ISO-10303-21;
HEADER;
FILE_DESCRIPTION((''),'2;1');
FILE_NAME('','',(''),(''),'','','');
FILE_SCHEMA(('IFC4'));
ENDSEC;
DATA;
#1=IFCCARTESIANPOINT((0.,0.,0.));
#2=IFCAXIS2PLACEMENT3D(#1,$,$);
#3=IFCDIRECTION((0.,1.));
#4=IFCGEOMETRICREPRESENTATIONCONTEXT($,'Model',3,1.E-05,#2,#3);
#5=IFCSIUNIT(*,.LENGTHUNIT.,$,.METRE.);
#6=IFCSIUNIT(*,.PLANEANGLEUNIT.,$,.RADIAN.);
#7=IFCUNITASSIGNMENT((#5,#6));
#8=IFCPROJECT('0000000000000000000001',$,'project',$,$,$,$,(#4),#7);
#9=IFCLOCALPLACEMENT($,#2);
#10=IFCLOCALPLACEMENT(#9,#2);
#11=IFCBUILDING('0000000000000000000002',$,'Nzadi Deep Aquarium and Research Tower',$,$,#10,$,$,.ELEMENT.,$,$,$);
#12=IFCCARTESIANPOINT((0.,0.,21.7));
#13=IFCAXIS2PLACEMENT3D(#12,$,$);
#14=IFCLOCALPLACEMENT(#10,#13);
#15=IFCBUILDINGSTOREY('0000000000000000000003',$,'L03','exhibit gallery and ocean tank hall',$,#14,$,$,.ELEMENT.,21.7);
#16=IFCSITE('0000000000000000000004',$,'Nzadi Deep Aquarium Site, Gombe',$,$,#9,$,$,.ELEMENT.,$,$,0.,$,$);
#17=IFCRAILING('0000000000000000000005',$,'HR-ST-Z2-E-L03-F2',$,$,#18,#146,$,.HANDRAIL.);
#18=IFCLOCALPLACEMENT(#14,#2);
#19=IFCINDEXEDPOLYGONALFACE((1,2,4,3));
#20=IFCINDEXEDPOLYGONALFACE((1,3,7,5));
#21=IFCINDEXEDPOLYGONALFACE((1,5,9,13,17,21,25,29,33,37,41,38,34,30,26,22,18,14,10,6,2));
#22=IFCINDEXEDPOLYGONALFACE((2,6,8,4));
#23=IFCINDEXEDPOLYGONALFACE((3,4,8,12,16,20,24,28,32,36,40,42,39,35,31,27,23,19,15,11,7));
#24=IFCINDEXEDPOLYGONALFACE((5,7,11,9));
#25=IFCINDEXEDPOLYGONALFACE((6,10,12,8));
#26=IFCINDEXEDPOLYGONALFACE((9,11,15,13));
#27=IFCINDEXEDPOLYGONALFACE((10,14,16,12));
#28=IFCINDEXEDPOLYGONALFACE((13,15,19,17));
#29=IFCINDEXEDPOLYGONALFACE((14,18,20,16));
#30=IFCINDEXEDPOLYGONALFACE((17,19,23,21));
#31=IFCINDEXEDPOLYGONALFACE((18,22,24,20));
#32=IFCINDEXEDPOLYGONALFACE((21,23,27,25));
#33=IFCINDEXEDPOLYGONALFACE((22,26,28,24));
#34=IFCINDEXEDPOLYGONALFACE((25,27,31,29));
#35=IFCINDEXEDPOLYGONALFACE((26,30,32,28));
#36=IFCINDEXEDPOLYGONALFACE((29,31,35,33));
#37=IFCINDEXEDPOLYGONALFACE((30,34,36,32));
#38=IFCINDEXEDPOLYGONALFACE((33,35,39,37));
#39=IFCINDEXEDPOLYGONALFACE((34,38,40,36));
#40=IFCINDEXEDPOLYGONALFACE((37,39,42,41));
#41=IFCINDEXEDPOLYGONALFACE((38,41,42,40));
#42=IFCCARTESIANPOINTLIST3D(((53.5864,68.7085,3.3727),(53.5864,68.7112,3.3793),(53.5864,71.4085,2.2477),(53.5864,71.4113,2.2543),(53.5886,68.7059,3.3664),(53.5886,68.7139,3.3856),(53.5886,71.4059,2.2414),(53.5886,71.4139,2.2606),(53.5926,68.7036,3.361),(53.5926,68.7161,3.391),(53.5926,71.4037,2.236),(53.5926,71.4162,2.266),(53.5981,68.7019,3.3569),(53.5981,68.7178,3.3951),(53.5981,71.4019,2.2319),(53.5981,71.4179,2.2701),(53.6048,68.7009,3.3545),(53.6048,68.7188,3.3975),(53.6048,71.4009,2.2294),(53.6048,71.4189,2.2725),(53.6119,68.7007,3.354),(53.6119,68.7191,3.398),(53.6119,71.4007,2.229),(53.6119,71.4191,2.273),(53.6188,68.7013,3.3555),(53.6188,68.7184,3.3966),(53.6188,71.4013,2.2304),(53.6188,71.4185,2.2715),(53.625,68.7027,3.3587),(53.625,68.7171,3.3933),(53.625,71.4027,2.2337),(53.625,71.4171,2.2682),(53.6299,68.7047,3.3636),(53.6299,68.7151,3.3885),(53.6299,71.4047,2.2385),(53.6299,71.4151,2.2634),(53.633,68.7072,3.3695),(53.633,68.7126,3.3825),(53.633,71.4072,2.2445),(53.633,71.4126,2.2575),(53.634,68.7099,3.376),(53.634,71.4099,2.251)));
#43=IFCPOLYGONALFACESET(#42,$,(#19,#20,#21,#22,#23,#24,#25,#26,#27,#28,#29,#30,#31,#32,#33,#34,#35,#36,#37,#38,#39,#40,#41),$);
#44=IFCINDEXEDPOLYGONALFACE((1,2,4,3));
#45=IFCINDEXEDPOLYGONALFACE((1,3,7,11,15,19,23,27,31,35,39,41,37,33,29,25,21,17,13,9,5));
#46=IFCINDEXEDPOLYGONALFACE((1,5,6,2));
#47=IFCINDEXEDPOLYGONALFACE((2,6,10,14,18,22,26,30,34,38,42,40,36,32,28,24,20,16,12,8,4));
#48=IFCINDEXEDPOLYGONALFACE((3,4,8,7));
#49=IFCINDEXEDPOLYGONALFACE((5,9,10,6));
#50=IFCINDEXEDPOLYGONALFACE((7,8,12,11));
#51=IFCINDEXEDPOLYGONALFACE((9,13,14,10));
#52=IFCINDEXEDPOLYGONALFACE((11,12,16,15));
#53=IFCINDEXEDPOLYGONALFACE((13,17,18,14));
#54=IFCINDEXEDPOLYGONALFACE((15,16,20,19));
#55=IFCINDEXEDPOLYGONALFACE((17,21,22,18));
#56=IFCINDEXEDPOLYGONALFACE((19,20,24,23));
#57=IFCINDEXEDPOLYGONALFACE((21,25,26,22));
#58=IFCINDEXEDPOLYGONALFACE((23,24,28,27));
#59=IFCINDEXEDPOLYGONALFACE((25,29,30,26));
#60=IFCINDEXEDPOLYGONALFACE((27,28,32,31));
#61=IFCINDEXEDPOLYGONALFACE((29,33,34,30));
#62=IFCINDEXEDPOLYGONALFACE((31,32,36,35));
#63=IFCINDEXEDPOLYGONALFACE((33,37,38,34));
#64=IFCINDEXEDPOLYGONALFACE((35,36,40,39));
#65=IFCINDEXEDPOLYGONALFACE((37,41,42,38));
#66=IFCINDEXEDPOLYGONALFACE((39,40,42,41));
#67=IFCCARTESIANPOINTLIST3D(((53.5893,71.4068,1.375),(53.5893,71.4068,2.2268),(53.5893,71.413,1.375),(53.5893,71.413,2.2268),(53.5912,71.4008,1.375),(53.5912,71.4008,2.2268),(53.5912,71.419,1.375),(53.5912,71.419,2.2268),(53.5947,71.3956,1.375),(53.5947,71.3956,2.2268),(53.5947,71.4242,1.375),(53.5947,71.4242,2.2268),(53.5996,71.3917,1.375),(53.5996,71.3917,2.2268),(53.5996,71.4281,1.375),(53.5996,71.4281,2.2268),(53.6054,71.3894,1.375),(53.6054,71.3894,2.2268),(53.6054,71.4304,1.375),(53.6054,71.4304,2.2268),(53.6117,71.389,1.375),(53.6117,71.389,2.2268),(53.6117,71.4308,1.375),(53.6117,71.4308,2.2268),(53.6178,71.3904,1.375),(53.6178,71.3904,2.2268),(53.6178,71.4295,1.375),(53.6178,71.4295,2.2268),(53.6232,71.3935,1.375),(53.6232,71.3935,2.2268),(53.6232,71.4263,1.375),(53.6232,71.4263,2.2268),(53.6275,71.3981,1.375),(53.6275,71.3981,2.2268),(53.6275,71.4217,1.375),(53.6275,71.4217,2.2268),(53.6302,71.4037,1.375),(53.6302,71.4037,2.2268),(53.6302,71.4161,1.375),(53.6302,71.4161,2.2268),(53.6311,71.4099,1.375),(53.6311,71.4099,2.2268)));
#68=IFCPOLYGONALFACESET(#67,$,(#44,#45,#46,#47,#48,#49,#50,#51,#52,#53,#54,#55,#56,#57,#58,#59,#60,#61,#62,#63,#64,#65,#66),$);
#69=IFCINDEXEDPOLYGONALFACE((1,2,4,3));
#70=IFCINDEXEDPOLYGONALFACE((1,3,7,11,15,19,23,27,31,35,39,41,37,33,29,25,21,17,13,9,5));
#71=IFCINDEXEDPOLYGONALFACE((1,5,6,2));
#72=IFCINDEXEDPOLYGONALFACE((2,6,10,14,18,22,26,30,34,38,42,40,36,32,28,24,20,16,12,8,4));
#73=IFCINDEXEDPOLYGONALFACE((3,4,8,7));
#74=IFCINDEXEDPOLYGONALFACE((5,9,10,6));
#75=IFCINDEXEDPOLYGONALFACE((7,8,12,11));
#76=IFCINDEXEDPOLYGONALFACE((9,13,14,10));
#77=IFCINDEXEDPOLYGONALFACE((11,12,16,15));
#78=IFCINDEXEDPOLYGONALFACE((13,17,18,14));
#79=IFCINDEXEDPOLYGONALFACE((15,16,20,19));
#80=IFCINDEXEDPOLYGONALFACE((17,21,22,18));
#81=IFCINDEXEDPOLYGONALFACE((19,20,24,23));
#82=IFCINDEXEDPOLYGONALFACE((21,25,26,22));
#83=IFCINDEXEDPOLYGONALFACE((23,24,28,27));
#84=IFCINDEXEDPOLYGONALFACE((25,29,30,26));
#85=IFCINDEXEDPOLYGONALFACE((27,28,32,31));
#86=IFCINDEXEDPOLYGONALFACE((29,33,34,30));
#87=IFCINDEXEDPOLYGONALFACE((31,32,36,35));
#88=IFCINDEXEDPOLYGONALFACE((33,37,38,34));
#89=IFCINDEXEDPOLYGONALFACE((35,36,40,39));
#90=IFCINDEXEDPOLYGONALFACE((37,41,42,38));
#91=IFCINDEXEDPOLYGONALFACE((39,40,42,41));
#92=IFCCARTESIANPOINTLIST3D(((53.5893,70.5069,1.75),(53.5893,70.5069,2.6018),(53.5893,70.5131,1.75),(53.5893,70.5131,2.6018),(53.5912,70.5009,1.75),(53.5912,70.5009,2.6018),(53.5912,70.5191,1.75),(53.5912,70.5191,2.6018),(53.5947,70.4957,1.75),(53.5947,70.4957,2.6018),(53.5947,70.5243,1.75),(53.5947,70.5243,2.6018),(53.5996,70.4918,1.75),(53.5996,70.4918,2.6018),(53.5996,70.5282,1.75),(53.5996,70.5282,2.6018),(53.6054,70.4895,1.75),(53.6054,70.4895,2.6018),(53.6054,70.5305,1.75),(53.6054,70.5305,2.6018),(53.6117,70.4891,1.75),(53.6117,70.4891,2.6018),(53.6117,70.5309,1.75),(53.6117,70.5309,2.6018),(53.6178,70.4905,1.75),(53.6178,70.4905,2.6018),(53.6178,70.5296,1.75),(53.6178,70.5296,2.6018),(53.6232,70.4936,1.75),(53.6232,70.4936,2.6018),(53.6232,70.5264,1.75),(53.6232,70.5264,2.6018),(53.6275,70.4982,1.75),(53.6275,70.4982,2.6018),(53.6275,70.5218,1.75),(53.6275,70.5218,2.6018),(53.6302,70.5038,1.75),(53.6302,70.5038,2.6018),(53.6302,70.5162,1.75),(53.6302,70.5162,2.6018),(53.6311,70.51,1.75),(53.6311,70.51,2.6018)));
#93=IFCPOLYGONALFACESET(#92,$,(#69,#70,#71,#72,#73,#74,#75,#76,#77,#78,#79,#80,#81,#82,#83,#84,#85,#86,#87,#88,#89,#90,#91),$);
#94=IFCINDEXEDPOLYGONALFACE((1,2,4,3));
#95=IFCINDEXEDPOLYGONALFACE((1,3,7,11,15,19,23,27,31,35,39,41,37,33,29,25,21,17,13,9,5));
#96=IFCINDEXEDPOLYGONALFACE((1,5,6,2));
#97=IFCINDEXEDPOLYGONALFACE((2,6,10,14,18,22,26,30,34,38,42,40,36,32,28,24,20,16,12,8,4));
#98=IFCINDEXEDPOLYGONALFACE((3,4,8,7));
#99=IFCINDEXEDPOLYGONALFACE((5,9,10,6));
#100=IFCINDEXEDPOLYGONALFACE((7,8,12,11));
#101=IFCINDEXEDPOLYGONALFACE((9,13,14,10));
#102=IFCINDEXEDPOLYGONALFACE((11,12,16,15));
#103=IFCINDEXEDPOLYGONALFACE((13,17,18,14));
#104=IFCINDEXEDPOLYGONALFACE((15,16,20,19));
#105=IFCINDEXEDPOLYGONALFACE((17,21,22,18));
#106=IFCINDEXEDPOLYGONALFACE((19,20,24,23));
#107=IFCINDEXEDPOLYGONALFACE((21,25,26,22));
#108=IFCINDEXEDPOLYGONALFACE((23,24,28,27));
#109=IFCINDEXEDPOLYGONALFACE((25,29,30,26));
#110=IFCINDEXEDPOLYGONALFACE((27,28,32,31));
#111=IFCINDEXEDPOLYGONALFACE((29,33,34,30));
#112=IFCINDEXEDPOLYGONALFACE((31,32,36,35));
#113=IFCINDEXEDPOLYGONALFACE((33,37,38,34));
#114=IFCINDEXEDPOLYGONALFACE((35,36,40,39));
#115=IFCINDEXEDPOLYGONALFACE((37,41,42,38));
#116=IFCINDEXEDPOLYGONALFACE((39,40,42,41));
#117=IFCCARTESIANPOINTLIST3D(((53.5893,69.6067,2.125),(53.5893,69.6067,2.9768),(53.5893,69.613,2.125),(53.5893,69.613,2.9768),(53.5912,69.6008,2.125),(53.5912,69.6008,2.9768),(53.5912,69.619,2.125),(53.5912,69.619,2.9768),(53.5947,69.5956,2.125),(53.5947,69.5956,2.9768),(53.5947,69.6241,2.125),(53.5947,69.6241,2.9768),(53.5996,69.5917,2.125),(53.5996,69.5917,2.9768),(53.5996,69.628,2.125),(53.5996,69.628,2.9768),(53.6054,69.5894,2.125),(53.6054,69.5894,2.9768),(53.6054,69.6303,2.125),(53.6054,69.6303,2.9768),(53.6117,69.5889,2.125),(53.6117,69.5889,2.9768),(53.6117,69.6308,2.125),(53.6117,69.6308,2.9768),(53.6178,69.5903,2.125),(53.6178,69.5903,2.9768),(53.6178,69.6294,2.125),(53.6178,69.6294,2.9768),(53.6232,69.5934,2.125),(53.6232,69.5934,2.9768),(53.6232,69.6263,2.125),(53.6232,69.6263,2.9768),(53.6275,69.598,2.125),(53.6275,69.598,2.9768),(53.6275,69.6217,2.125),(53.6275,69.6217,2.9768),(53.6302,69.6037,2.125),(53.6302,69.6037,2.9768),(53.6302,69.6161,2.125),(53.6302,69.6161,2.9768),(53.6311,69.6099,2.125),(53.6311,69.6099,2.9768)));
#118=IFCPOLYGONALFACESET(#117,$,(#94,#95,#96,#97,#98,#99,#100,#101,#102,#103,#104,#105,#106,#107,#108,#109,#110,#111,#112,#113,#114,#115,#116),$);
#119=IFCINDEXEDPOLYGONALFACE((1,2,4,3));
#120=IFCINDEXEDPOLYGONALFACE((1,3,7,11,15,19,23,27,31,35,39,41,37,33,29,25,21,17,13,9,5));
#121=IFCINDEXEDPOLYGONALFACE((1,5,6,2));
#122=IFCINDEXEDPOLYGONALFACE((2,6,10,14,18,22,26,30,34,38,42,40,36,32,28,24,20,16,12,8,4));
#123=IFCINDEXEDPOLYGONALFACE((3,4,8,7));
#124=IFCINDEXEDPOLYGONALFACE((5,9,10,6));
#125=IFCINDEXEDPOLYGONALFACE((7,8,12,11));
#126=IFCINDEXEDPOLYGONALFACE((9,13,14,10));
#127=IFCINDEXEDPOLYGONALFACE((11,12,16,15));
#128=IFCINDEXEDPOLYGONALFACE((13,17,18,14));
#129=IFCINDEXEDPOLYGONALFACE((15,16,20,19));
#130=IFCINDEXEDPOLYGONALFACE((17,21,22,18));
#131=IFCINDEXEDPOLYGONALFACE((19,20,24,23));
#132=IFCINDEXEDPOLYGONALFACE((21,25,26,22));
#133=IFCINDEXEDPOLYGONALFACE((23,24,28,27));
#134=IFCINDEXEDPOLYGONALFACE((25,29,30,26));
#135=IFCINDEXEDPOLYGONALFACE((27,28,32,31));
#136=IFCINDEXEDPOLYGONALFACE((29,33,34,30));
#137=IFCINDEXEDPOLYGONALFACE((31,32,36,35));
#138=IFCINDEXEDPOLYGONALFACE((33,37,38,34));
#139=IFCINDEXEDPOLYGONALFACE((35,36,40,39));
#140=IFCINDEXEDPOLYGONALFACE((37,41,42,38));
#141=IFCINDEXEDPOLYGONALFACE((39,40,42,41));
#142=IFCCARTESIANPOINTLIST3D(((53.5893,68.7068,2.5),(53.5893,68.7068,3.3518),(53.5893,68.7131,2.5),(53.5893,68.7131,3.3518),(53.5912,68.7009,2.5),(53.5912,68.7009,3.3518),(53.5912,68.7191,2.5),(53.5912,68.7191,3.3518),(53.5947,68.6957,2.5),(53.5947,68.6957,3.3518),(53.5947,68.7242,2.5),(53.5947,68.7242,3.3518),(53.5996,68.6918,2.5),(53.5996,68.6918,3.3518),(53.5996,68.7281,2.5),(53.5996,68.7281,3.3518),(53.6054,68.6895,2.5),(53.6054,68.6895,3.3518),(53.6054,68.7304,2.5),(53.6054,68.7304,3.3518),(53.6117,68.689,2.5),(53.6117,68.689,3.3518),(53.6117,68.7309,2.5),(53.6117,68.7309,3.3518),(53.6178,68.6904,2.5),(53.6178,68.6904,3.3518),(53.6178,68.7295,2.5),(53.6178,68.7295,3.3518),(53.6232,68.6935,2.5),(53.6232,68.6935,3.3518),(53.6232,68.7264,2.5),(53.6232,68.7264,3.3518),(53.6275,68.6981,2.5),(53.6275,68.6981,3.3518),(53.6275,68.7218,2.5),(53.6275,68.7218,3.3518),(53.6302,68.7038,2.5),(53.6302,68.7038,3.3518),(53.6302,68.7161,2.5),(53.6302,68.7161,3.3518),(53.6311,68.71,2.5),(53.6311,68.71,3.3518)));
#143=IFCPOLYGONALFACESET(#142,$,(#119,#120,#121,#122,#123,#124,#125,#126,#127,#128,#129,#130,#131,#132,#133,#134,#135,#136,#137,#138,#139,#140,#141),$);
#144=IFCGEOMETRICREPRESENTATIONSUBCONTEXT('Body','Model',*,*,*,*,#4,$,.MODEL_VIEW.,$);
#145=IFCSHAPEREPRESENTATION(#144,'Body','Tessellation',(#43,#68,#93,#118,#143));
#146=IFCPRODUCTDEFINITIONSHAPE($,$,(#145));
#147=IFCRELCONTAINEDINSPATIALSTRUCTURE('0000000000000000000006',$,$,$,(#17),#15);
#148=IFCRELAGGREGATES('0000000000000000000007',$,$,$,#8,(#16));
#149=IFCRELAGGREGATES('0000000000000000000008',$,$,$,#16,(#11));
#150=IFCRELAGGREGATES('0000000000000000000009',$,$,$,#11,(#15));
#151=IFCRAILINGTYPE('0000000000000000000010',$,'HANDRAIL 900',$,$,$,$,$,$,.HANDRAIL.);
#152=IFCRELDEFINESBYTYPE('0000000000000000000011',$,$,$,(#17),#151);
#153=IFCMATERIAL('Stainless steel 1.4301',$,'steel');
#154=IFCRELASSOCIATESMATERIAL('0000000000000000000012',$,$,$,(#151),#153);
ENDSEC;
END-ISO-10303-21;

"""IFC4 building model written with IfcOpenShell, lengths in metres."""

from ifc_helpers import new_model, si_unit, direction, frame, origin, origin_2d, place, context, subcontext, project, spatial, circle, extrude, material, type_object, element, save


model = new_model("IFC4")

# Units and contexts
model_context = context("Model", 3, precision=1e-05, world=origin(), true_north=direction((0.0, 1.0)))
body_context = subcontext(model_context, "Body", "Model", "MODEL_VIEW")
ifc_project = project(units=[si_unit("LENGTHUNIT", "METRE"), si_unit("PLANEANGLEUNIT", "RADIAN")], contexts=[model_context])

# Site, building, storey
site_placement = place(None, origin())
site = spatial("IfcSite", under=ifc_project, at=site_placement, Name="Nzadi Deep Aquarium Site, Gombe", CompositionType="ELEMENT", RefElevation=0.0)
building_placement = place(site_placement, origin())
building = spatial("IfcBuilding", under=site, at=building_placement, Name="Nzadi Deep Aquarium and Research Tower", CompositionType="ELEMENT")
storey_placement = place(building_placement, frame((0.0, 0.0, 21.7)))
storey = spatial("IfcBuildingStorey", under=building, at=storey_placement, Name="L03", Description="exhibit gallery and ocean tank hall", CompositionType="ELEMENT", Elevation=21.7)

# Railing
ifc_material_1 = material(Name="Stainless steel 1.4301", Category="steel")
railing_type = type_object("IfcRailingType", Name="HANDRAIL 900", PredefinedType="HANDRAIL", material=ifc_material_1)
for number, where, name in (
    (1, (53.6101, 71.4099, 1.375), "HR-ST-Z2-E-L03-F2"),
):
    element("IfcRailing", number, at=place(storey_placement, frame(where)), inside=storey, type_object=railing_type, Name=name, PredefinedType="HANDRAIL", context=body_context, shape_type="SweptSolid", body=[
        extrude(circle(Radius=0.0239, at=origin_2d()), frame((0.0, 0.0, 0.876), z_axis=(0.0, -0.923074, 0.384621), x_axis=(1.0, 0.0, 0.0)), (0.0, 0.0, 1.0), 2.925),
        extrude(circle(Radius=0.021, at=origin_2d()), origin(), (0.0, 0.0, 1.0), 0.8518),
        extrude(circle(Radius=0.021, at=origin_2d()), frame((0.0, -0.8999, 0.375)), (0.0, 0.0, 1.0), 0.8518),
        extrude(circle(Radius=0.021, at=origin_2d()), frame((0.0, -1.8, 0.75)), (0.0, 0.0, 1.0), 0.8518),
        extrude(circle(Radius=0.021, at=origin_2d()), frame((0.0, -2.7, 1.125)), (0.0, 0.0, 1.0), 0.8518),
    ])

save(model, "model.ifc")
